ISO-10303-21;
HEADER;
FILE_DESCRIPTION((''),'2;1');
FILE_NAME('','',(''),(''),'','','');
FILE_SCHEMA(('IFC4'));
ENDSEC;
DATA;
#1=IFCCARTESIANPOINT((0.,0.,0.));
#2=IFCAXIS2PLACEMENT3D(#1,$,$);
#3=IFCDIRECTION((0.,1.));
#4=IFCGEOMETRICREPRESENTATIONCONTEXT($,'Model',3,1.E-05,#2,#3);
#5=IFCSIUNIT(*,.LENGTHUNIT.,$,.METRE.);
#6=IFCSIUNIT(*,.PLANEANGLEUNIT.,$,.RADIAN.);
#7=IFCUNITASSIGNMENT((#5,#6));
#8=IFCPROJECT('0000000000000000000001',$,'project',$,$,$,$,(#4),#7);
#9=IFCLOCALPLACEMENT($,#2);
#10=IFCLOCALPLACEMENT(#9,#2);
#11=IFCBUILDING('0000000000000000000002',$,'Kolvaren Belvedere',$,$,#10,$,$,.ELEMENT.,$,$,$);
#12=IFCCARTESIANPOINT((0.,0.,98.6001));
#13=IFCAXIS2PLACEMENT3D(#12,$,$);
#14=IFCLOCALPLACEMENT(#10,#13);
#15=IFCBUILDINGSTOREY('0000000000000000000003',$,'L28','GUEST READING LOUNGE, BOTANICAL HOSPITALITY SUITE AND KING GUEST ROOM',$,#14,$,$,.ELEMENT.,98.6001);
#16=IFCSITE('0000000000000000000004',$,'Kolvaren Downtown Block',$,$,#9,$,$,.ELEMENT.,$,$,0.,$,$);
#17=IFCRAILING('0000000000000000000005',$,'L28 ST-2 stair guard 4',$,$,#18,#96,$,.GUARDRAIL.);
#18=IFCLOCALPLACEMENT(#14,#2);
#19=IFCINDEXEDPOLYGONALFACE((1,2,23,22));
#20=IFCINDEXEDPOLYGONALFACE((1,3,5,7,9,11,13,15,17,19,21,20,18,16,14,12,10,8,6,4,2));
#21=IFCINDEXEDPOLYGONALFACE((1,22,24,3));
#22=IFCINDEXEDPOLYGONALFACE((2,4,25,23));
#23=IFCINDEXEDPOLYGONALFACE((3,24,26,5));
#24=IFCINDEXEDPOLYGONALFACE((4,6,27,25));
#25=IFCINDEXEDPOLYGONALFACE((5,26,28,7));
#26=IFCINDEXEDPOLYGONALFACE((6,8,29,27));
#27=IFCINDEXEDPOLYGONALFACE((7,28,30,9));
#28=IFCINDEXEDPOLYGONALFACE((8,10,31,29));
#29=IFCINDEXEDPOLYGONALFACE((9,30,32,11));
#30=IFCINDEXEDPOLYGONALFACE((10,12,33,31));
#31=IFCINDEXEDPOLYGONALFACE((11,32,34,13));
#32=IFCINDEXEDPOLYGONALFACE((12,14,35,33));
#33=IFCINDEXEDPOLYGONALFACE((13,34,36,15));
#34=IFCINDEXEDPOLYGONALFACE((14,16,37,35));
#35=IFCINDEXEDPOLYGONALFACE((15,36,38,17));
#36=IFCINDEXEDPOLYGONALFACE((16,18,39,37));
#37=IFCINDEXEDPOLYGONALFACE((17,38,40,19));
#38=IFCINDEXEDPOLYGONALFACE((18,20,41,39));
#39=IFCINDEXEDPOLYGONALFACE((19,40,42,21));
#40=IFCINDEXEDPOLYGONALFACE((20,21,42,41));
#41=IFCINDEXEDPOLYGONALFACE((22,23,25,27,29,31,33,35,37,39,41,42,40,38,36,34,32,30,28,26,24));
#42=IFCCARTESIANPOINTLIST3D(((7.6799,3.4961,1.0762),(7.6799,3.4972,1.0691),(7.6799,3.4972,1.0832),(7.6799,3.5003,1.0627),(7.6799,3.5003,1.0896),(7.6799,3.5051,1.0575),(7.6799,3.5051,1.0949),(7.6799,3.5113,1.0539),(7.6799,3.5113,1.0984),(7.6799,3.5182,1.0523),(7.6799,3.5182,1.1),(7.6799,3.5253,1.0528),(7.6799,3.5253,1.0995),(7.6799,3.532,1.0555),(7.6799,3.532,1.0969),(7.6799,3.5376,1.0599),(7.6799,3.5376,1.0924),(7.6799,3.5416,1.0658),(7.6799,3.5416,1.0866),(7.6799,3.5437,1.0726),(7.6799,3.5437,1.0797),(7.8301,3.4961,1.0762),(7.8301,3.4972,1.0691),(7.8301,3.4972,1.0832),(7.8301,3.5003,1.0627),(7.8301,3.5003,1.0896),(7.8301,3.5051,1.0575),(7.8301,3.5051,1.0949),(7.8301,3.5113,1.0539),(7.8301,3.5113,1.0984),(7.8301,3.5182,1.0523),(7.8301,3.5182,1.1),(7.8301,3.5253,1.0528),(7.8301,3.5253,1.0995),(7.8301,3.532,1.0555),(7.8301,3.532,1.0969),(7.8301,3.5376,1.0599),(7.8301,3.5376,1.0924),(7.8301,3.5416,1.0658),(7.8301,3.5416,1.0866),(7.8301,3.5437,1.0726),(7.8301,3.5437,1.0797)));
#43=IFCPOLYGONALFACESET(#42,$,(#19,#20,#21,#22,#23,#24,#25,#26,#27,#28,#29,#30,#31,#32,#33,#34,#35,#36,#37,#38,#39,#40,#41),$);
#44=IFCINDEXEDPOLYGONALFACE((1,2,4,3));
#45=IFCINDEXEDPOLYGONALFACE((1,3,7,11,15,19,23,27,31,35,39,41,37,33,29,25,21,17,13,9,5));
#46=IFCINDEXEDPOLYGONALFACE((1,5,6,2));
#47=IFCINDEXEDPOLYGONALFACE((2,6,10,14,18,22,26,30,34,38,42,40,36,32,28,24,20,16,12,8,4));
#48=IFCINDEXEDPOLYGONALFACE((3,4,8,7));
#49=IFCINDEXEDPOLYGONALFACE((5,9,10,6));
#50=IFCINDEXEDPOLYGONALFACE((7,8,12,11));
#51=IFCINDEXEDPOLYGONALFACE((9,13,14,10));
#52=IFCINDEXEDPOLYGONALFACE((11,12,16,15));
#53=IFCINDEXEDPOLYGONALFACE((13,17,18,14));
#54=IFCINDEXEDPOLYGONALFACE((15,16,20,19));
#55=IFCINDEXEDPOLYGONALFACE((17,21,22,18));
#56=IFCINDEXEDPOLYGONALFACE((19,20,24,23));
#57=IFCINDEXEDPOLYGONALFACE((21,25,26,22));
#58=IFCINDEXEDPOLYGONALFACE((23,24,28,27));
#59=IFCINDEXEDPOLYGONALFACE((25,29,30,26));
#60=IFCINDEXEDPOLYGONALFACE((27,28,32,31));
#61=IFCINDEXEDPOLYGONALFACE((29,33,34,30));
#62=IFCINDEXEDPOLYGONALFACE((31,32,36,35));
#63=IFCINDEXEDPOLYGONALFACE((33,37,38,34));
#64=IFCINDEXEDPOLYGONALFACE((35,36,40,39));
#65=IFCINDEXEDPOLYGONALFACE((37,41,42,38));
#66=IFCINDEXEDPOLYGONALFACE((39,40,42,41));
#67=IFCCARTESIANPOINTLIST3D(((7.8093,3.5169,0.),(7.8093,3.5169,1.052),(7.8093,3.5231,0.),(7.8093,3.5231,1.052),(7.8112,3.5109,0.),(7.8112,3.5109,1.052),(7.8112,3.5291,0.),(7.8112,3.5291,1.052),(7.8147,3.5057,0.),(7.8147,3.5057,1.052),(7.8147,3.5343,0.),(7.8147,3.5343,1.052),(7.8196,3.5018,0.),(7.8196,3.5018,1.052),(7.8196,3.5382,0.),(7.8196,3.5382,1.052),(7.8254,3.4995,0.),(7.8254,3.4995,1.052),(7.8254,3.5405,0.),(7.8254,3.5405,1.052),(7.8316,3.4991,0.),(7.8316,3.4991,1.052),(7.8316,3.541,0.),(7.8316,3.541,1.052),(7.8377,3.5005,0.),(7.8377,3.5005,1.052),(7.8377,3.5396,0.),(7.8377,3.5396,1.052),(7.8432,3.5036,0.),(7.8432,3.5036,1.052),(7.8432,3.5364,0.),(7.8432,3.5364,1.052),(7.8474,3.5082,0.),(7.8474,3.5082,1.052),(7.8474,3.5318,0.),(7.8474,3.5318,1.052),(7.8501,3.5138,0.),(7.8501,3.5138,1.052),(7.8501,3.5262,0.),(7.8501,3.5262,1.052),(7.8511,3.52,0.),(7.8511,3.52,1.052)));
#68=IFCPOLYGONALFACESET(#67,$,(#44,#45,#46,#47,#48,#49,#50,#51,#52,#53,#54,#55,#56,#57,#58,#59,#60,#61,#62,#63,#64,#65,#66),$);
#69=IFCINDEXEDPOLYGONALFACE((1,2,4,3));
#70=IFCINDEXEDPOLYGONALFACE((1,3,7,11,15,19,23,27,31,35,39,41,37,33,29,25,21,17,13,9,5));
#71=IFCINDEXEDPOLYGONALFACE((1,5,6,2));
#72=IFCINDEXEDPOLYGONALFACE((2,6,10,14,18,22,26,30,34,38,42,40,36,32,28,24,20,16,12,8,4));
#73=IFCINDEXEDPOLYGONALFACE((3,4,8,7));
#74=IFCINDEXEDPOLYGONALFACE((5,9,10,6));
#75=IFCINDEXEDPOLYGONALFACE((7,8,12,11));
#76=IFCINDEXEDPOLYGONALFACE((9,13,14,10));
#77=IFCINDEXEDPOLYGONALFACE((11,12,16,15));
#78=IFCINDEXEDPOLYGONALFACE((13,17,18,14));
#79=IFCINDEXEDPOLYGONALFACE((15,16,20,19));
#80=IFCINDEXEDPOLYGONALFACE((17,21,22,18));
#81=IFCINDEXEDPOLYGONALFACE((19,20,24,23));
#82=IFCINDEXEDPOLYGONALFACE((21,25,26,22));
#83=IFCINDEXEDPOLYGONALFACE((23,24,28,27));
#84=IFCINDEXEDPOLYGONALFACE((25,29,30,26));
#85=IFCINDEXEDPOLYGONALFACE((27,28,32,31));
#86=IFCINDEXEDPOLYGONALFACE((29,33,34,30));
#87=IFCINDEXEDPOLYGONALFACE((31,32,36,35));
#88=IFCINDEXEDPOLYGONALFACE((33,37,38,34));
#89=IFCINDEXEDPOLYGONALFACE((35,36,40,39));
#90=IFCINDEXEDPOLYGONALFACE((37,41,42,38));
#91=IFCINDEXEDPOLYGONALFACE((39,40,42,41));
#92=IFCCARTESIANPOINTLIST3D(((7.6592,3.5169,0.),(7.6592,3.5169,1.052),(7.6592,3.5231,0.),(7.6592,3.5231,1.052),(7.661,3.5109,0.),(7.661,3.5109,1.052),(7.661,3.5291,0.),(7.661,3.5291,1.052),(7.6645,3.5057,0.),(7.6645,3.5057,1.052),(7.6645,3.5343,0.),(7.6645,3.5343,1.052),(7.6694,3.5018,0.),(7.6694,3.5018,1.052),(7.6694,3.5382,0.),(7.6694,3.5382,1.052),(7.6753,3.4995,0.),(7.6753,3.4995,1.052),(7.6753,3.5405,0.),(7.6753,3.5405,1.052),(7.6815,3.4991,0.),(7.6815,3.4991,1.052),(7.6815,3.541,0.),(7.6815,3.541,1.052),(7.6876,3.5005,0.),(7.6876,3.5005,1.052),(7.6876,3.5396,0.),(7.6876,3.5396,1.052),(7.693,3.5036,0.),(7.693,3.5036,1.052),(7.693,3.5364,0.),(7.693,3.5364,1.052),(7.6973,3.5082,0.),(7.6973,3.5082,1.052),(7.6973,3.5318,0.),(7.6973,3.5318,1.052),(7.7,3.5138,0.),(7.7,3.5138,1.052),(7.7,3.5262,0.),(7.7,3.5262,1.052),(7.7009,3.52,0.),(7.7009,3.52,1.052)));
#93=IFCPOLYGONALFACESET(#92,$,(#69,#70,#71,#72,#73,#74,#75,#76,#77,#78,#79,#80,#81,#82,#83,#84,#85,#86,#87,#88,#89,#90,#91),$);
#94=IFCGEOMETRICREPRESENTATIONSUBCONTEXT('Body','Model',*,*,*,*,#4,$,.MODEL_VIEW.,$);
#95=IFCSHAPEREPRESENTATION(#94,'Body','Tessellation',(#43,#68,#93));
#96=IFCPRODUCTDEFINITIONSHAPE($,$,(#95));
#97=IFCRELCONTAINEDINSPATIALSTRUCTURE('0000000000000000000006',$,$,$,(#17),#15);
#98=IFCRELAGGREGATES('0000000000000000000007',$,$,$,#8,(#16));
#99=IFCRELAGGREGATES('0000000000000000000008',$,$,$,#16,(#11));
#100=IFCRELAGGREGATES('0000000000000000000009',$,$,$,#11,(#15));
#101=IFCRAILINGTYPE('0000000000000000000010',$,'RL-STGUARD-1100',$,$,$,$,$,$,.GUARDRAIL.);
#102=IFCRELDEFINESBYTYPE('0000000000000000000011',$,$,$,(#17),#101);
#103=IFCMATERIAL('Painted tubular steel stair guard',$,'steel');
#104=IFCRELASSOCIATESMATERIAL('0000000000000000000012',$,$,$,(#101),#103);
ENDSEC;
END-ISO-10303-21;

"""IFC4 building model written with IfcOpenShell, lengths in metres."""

from ifc_helpers import new_model, si_unit, direction, frame, origin, origin_2d, place, context, subcontext, project, spatial, circle, extrude, material, type_object, element, save


model = new_model("IFC4")

# Units and contexts
model_context = context("Model", 3, precision=1e-05, world=origin(), true_north=direction((0.0, 1.0)))
body_context = subcontext(model_context, "Body", "Model", "MODEL_VIEW")
ifc_project = project(units=[si_unit("LENGTHUNIT", "METRE"), si_unit("PLANEANGLEUNIT", "RADIAN")], contexts=[model_context])

# Site, building, storey
site_placement = place(None, origin())
site = spatial("IfcSite", under=ifc_project, at=site_placement, Name="Kolvaren Downtown Block", CompositionType="ELEMENT", RefElevation=0.0)
building_placement = place(site_placement, origin())
building = spatial("IfcBuilding", under=site, at=building_placement, Name="Kolvaren Belvedere", CompositionType="ELEMENT")
storey_placement = place(building_placement, frame((0.0, 0.0, 98.6001)))
storey = spatial("IfcBuildingStorey", under=building, at=storey_placement, Name="L28", Description="GUEST READING LOUNGE, BOTANICAL HOSPITALITY SUITE AND KING GUEST ROOM", CompositionType="ELEMENT", Elevation=98.6001)

# Railing
ifc_material_1 = material(Name="Painted tubular steel stair guard", Category="steel")
railing_type_1 = type_object("IfcRailingType", Name="RL-STGUARD-1100", PredefinedType="GUARDRAIL", material=ifc_material_1)
railing_1_placement = place(storey_placement, frame((7.8301, 3.52, 0.0)))
element("IfcRailing", 1, at=railing_1_placement, inside=storey, type_object=railing_type_1, Name="L28 ST-2 stair guard 4", PredefinedType="GUARDRAIL", context=body_context, shape_type="SweptSolid", body=[
    extrude(circle(Radius=0.0239, at=origin_2d()), frame((0.0, 0.0, 1.0762), z_axis=(-1.0, 0.0, 0.0), x_axis=(0.0, -1.0, 0.0)), (0.0, 0.0, 1.0), 0.1501),
    extrude(circle(Radius=0.021, at=origin_2d()), origin(), (0.0, 0.0, 1.0), 1.052),
    extrude(circle(Radius=0.021, at=origin_2d()), frame((-0.1501, 0.0, 0.0)), (0.0, 0.0, 1.0), 1.052),
])

save(model, "model.ifc")
